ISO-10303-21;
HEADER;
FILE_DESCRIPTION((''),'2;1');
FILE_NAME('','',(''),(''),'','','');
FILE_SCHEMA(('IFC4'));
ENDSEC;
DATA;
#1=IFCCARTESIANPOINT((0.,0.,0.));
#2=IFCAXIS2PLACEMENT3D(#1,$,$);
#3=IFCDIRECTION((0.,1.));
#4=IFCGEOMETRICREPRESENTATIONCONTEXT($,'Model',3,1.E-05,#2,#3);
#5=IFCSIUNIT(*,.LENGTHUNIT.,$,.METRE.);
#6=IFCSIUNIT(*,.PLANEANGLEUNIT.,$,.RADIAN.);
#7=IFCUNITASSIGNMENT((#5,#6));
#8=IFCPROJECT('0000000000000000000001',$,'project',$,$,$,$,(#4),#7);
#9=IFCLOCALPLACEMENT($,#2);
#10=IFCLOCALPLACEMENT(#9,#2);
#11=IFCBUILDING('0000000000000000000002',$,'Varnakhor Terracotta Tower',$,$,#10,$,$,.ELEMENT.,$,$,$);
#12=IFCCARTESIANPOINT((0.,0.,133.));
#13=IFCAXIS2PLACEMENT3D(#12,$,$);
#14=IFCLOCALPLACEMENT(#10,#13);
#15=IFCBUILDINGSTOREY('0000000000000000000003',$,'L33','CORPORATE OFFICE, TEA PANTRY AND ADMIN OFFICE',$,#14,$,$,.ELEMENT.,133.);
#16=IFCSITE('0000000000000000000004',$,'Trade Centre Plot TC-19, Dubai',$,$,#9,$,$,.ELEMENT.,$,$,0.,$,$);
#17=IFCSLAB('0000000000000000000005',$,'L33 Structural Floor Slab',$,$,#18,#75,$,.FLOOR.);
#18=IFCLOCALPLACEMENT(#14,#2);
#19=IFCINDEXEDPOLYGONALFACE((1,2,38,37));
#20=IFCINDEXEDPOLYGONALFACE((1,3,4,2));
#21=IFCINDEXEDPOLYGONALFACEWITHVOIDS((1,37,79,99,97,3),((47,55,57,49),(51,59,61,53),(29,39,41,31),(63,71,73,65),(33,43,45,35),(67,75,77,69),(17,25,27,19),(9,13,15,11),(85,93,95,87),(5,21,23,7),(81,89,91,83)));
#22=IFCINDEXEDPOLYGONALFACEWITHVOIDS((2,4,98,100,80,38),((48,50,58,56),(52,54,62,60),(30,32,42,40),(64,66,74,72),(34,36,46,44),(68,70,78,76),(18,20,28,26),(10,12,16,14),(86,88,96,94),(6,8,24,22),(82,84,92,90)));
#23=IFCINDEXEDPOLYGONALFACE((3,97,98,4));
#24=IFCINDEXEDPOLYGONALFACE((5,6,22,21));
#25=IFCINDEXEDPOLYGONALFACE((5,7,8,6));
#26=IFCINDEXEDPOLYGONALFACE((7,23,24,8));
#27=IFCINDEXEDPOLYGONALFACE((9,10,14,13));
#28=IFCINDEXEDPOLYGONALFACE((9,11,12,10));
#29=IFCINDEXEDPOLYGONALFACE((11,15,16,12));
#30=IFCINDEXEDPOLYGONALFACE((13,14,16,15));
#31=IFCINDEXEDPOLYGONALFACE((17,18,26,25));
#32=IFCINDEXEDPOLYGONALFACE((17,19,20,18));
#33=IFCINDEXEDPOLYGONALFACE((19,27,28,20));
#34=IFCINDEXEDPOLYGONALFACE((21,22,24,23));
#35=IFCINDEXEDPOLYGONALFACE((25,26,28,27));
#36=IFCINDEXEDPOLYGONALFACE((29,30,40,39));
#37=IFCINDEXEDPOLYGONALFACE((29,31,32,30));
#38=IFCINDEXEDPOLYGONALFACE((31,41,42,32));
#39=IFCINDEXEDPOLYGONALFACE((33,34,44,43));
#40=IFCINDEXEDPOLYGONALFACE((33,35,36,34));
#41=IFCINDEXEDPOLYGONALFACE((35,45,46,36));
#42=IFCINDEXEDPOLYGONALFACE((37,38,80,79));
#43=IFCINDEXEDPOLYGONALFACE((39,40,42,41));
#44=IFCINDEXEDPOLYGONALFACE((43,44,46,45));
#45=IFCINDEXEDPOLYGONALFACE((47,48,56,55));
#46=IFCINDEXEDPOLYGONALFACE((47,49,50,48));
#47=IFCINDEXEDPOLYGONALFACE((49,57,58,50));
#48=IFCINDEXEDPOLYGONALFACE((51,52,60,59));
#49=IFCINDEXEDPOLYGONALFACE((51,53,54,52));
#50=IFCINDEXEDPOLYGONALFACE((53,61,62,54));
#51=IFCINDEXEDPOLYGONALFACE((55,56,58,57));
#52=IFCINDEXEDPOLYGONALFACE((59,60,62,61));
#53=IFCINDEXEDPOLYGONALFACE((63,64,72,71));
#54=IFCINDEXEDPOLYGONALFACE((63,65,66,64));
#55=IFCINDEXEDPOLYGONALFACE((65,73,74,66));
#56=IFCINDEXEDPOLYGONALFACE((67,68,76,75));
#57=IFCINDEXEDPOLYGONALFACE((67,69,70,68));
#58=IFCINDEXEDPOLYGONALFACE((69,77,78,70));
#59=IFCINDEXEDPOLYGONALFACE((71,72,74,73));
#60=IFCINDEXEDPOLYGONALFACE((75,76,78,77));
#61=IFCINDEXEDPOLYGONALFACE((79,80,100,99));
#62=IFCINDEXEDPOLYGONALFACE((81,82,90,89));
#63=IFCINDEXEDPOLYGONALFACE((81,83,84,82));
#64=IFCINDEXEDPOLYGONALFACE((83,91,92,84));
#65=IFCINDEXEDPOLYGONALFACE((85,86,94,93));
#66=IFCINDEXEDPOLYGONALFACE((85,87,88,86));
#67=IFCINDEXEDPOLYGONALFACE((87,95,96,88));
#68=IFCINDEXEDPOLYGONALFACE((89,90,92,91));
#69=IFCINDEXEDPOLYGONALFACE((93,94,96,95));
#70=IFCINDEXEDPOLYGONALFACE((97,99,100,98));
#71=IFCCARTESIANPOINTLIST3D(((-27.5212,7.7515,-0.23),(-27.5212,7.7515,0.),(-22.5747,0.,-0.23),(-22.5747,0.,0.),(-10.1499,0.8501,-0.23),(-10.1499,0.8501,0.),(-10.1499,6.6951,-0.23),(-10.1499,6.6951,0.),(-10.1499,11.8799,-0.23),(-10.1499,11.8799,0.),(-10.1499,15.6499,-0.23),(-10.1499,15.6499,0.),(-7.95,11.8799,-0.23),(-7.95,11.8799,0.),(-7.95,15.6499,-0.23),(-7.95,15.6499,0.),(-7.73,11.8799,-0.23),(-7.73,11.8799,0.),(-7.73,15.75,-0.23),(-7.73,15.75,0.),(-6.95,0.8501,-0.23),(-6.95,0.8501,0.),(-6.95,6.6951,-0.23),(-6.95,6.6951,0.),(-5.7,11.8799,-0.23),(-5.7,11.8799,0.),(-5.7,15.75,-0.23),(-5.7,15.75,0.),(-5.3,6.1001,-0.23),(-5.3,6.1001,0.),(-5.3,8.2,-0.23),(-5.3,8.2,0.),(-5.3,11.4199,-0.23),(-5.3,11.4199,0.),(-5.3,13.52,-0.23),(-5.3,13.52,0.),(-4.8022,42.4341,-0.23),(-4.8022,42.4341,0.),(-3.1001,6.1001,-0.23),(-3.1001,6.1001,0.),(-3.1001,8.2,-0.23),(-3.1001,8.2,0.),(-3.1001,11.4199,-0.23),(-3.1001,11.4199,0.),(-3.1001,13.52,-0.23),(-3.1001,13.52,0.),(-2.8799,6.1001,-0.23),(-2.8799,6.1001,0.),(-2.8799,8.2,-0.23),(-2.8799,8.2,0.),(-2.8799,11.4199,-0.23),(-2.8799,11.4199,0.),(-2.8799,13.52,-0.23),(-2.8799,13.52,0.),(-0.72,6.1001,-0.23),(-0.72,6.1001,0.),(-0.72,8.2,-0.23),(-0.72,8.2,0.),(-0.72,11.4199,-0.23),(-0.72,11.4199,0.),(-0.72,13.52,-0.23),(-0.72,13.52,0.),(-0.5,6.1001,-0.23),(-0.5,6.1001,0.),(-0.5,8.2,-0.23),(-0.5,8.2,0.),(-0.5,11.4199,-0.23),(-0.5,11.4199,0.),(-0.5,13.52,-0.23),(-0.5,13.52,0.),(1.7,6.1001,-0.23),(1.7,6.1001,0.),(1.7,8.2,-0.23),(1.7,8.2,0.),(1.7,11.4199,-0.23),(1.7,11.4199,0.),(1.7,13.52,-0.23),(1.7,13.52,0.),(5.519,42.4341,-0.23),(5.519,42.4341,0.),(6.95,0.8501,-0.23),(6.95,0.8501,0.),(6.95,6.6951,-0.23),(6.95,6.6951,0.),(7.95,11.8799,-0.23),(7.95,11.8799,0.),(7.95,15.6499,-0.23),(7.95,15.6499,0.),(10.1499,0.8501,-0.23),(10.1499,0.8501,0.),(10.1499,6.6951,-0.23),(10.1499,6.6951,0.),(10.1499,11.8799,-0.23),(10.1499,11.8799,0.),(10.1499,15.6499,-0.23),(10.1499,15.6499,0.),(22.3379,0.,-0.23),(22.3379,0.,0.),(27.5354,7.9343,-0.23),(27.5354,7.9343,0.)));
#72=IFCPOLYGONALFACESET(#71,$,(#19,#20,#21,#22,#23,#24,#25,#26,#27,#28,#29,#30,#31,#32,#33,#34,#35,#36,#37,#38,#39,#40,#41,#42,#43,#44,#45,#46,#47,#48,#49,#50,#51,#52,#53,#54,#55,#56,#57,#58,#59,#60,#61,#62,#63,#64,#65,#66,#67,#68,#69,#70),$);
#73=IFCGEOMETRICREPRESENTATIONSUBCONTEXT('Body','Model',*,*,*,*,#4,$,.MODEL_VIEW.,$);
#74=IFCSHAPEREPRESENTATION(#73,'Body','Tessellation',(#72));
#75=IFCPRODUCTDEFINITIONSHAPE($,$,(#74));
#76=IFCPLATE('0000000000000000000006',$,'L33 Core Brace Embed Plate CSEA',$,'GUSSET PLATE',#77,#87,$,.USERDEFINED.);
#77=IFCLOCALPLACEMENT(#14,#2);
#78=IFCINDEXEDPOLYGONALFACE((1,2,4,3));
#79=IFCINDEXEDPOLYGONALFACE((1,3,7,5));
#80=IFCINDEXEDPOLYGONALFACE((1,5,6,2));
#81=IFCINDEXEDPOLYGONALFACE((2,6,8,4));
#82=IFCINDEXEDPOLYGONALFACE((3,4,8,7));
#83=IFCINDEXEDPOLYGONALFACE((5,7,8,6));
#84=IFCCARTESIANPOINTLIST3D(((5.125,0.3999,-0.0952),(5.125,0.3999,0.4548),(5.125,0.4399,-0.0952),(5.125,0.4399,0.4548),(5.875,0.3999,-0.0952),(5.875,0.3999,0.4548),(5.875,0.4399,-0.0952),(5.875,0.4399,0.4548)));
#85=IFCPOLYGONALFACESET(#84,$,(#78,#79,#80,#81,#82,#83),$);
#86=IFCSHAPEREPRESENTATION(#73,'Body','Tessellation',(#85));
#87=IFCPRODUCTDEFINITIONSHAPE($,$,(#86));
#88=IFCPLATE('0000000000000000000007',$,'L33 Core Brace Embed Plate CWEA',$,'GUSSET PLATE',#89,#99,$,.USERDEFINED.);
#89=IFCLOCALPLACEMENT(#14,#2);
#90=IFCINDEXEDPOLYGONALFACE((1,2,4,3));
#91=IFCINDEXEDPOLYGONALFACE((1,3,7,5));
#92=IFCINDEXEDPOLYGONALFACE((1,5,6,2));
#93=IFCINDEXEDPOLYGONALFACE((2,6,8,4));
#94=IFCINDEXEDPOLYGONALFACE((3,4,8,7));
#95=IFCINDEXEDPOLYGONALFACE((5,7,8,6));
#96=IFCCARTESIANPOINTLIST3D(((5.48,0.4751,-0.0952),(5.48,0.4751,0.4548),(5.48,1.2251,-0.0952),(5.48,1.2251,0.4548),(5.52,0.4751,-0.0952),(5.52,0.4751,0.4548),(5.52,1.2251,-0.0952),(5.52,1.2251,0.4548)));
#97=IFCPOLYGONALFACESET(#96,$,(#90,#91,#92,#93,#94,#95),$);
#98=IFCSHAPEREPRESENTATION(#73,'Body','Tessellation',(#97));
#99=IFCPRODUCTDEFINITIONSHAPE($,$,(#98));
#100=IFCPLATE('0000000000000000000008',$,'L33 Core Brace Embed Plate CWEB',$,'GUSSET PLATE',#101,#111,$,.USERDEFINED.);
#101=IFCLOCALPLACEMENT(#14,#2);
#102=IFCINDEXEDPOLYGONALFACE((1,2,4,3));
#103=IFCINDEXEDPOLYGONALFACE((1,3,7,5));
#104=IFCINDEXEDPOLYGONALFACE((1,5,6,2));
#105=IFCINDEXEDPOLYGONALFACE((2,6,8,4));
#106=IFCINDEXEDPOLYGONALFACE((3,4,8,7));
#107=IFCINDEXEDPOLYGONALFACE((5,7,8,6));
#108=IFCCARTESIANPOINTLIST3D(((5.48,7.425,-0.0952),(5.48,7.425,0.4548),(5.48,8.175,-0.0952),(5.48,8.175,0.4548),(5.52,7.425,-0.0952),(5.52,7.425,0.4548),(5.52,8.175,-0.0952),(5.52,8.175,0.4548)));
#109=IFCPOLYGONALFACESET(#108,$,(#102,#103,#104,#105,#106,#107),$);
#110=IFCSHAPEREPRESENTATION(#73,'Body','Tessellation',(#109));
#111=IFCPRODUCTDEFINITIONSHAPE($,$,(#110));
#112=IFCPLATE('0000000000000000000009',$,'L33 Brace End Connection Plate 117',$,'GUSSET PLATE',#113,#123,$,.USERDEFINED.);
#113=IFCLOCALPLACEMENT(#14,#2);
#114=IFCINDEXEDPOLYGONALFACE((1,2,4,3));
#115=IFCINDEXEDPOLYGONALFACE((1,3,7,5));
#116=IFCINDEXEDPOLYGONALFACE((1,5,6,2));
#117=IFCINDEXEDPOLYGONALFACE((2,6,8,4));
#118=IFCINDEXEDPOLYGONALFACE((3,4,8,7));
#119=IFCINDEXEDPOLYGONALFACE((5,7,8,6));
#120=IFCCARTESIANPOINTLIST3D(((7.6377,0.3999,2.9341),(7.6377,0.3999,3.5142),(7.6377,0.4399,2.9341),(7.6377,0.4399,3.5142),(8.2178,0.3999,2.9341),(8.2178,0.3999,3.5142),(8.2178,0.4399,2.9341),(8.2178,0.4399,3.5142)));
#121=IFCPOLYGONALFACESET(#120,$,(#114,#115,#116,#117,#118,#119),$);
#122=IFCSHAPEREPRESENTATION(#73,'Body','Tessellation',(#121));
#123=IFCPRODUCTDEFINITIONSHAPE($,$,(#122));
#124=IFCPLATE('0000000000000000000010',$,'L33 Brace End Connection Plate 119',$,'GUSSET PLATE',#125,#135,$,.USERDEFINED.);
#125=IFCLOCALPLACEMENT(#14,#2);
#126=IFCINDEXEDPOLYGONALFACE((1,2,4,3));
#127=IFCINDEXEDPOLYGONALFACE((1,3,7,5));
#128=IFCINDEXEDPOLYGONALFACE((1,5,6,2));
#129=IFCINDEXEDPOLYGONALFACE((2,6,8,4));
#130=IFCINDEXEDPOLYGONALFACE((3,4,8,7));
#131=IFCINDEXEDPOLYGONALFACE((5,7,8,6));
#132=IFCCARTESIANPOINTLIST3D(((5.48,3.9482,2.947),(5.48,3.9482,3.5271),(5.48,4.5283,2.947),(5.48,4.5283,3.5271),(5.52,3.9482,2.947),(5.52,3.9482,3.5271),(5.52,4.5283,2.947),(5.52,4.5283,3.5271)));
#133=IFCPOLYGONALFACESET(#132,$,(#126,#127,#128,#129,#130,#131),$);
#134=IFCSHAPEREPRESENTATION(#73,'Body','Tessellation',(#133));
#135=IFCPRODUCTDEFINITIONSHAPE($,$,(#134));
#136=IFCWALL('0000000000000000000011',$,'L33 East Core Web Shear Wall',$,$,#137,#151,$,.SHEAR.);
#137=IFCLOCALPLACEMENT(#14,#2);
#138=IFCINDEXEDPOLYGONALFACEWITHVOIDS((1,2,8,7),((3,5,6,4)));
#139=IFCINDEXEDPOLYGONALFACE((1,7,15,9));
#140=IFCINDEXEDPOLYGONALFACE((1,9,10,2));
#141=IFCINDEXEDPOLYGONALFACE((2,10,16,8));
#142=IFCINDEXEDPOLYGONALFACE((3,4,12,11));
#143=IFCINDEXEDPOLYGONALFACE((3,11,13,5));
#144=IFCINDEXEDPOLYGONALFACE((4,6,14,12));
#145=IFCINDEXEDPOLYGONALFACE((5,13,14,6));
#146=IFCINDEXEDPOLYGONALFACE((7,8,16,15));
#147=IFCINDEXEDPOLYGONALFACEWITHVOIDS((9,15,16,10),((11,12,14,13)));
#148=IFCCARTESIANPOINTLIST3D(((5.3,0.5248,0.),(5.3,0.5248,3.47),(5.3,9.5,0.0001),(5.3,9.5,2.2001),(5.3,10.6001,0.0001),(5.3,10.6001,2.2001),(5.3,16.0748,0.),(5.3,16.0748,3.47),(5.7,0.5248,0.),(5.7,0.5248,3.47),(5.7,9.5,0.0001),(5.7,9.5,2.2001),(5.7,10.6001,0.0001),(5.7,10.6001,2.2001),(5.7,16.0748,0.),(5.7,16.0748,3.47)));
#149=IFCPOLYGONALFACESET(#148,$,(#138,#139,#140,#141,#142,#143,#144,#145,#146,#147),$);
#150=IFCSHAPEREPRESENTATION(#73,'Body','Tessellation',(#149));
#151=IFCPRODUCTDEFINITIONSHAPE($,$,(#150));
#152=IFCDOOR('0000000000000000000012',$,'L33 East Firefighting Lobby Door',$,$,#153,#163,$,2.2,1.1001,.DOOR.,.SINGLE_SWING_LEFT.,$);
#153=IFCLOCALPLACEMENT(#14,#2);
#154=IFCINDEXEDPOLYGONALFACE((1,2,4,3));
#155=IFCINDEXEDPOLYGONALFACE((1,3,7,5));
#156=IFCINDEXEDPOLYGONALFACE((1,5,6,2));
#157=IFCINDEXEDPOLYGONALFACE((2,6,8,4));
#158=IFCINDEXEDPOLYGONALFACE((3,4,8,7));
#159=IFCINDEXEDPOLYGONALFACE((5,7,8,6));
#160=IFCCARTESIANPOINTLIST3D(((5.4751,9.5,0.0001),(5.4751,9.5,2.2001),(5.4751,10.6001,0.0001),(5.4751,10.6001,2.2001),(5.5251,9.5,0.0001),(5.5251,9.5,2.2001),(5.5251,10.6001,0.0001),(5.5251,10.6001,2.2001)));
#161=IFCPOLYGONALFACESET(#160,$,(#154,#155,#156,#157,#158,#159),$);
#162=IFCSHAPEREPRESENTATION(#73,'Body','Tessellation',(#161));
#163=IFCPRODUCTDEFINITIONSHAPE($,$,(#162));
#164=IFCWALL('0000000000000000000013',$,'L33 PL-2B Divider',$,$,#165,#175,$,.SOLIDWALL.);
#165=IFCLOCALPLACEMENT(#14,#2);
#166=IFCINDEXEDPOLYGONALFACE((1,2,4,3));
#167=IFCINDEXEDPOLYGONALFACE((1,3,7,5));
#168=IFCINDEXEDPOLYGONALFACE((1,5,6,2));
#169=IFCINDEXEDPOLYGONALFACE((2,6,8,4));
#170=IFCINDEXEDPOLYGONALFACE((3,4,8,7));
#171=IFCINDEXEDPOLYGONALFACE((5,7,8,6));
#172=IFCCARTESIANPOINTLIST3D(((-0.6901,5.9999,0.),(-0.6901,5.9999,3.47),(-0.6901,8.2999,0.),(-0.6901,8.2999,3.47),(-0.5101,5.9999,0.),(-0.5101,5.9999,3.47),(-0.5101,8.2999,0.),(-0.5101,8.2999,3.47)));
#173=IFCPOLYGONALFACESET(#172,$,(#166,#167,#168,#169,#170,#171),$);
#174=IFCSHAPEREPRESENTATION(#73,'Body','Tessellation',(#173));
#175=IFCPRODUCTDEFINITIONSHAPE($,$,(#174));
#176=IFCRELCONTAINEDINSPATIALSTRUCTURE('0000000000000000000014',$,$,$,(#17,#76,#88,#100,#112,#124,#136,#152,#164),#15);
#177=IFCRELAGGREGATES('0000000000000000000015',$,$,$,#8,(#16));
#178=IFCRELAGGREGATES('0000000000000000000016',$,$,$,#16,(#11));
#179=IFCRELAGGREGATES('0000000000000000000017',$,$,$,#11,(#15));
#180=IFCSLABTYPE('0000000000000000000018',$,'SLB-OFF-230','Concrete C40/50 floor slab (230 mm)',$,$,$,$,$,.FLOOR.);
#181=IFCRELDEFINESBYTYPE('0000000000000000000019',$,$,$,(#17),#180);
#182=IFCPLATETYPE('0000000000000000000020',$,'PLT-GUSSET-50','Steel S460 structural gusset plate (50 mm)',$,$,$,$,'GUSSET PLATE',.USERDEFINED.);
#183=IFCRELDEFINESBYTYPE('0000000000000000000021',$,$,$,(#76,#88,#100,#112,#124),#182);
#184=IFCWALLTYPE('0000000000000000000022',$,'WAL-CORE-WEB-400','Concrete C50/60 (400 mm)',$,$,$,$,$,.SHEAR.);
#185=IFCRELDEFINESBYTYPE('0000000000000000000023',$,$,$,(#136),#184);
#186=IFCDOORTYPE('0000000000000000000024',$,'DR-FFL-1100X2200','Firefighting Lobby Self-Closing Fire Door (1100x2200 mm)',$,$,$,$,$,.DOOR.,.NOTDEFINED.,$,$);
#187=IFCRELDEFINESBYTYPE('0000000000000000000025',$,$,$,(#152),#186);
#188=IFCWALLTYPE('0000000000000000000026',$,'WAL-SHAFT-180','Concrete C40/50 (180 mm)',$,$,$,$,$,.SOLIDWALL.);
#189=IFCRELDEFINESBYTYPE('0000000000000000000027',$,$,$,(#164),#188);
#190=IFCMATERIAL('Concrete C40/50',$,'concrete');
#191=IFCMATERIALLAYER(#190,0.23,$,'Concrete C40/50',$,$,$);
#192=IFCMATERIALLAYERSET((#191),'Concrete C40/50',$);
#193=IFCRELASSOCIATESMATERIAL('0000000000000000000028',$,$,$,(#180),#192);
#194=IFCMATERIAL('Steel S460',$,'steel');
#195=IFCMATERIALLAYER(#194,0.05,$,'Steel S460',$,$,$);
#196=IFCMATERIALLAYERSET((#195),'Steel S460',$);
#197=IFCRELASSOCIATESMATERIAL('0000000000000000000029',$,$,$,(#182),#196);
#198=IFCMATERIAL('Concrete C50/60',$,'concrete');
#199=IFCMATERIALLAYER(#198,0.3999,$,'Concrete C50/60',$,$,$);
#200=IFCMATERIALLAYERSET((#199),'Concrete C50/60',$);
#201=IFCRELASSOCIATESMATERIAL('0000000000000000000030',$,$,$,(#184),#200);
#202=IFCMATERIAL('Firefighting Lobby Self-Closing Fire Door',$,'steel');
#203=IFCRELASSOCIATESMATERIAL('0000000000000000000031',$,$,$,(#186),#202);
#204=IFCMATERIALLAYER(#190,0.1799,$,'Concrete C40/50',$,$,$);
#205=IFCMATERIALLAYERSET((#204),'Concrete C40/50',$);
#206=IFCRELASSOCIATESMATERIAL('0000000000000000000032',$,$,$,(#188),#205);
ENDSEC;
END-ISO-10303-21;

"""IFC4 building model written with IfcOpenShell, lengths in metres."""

from ifc_helpers import new_model, si_unit, direction, frame, frame_2d, origin, origin_2d, place, context, subcontext, project, spatial, polyline, rectangle, outline, extrude, source, transform, mapped, material, layer, layer_set, type_object, type_shapes, element, fill, save


model = new_model("IFC4")

# Units and contexts
model_context = context("Model", 3, precision=1e-05, world=origin(), true_north=direction((0.0, 1.0)))
body_context = subcontext(model_context, "Body", "Model", "MODEL_VIEW")
ifc_project = project(units=[si_unit("LENGTHUNIT", "METRE"), si_unit("PLANEANGLEUNIT", "RADIAN")], contexts=[model_context])

# Site, building, storey
site_placement = place(None, origin())
site = spatial("IfcSite", under=ifc_project, at=site_placement, Name="Trade Centre Plot TC-19, Dubai", CompositionType="ELEMENT", RefElevation=0.0)
building_placement = place(site_placement, origin())
building = spatial("IfcBuilding", under=site, at=building_placement, Name="Varnakhor Terracotta Tower", CompositionType="ELEMENT")
storey_placement = place(building_placement, frame((0.0, 0.0, 133.0)))
storey = spatial("IfcBuildingStorey", under=building, at=storey_placement, Name="L33", Description="CORPORATE OFFICE, TEA PANTRY AND ADMIN OFFICE", CompositionType="ELEMENT", Elevation=133.0)

# Shared definitions
ifc_material_1 = material(Name="Concrete C50/60", Category="concrete")

# Shared definitions
ifc_material_2 = material(Name="Steel S460", Category="steel")

# Shared definitions
ifc_material_3 = material(Name="Concrete C40/50", Category="concrete")

# Slab
ifc_layer_1 = layer(ifc_material_3, 0.23, Name="Concrete C40/50")
ifc_layer_set_1 = layer_set([ifc_layer_1], Name="Concrete C40/50")
slab_type_1 = type_object("IfcSlabType", Name="SLB-OFF-230", Description="Concrete C40/50 floor slab (230 mm)", PredefinedType="FLOOR", material=ifc_layer_set_1)
slab_1_placement = place(storey_placement, frame((0.0, 0.0, -0.23)))
element("IfcSlab", 1, at=slab_1_placement, inside=storey, type_object=slab_type_1, Name="L33 Structural Floor Slab", PredefinedType="FLOOR", context=body_context, shape_type="SweptSolid", body=[
    extrude(outline(polyline([(-27.5212, 7.7515), (-4.8022, 42.4341), (5.519, 42.4341), (27.5354, 7.9343), (22.3379, 0.0), (-22.5747, 0.0), (-27.5212, 7.7515)]), holes=[polyline([(-6.95, 0.8501), (-6.95, 6.6951), (-10.1499, 6.6951), (-10.1499, 0.8501), (-6.95, 0.8501)]), polyline([(-3.1001, 6.1001), (-3.1001, 8.2), (-5.3, 8.2), (-5.3, 6.1001), (-3.1001, 6.1001)]), polyline([(-0.72, 6.1001), (-0.72, 8.2), (-2.8799, 8.2), (-2.8799, 6.1001), (-0.72, 6.1001)]), polyline([(-5.3, 11.4199), (-3.1001, 11.4199), (-3.1001, 13.52), (-5.3, 13.52), (-5.3, 11.4199)]), polyline([(-10.1499, 11.8799), (-7.95, 11.8799), (-7.95, 15.6499), (-10.1499, 15.6499), (-10.1499, 11.8799)]), polyline([(-5.7, 11.8799), (-5.7, 15.75), (-7.73, 15.75), (-7.73, 11.8799), (-5.7, 11.8799)]), polyline([(6.95, 0.8501), (10.1499, 0.8501), (10.1499, 6.6951), (6.95, 6.6951), (6.95, 0.8501)]), polyline([(-0.5, 6.1001), (1.7, 6.1001), (1.7, 8.2), (-0.5, 8.2), (-0.5, 6.1001)]), polyline([(-0.72, 11.4199), (-0.72, 13.52), (-2.8799, 13.52), (-2.8799, 11.4199), (-0.72, 11.4199)]), polyline([(-0.5, 11.4199), (1.7, 11.4199), (1.7, 13.52), (-0.5, 13.52), (-0.5, 11.4199)]), polyline([(7.95, 11.8799), (10.1499, 11.8799), (10.1499, 15.6499), (7.95, 15.6499), (7.95, 11.8799)])]), origin(), (0.0, 0.0, 1.0), 0.23),
])

# Plates
ifc_layer_2 = layer(ifc_material_2, 0.05, Name="Steel S460")
ifc_layer_set_2 = layer_set([ifc_layer_2], Name="Steel S460")
plate_type = type_object("IfcPlateType", Name="PLT-GUSSET-50", Description="Steel S460 structural gusset plate (50 mm)", ElementType="GUSSET PLATE", PredefinedType="USERDEFINED", material=ifc_layer_set_2)
shared_shape_1 = source(origin(), body_context, "Body", "SweptSolid", [
    extrude(rectangle(XDim=0.75, YDim=0.04, at=origin_2d()), origin(), (0.0, 0.0, 1.0), 0.55),
])
type_shapes(plate_type, [shared_shape_1])
for number, where, z_axis, x_axis, name in (
    (2, (5.5, 0.4199, -0.0952), (0.0, 0.0, 1.0), (1.0, 0.0, 0.0), "L33 Core Brace Embed Plate CSEA"),
    (3, (5.5, 0.8501, -0.0952), (0.0, 0.0, 1.0), (0.0, 1.0, 0.0), "L33 Core Brace Embed Plate CWEA"),
    (4, (5.5, 7.8, -0.0952), (0.0, 0.0, 1.0), (0.0, 1.0, 0.0), "L33 Core Brace Embed Plate CWEB"),
):
    element("IfcPlate", number, at=place(storey_placement, frame(where, z_axis=z_axis, x_axis=x_axis)), inside=storey, type_object=plate_type, Name=name, ObjectType="GUSSET PLATE", PredefinedType="USERDEFINED", context=body_context, shape_type="MappedRepresentation", body=[
        mapped(shared_shape_1, transform((0.0, 0.0, 0.0), scale=1.0)),
    ])
shared_shape_2 = source(origin(), body_context, "Body", "SweptSolid", [
    extrude(rectangle(XDim=0.5801, YDim=0.04, at=origin_2d()), origin(), (0.0, 0.0, 1.0), 0.5801),
])
for number, where, z_axis, x_axis, name in (
    (5, (7.9277, 0.4199, 2.9341), (0.0, 0.0, 1.0), (1.0, 0.0, 0.0), "L33 Brace End Connection Plate 117"),
    (6, (5.5, 4.2383, 2.947), (0.0, 0.0, 1.0), (0.0, 1.0, 0.0), "L33 Brace End Connection Plate 119"),
):
    element("IfcPlate", number, at=place(storey_placement, frame(where, z_axis=z_axis, x_axis=x_axis)), inside=storey, type_object=plate_type, Name=name, ObjectType="GUSSET PLATE", PredefinedType="USERDEFINED", context=body_context, shape_type="MappedRepresentation", body=[
        mapped(shared_shape_2, transform((0.0, 0.0, 0.0), scale=1.0)),
    ])

# Wall, opening, door
ifc_layer_3 = layer(ifc_material_1, 0.3999, Name="Concrete C50/60")
ifc_layer_set_3 = layer_set([ifc_layer_3], Name="Concrete C50/60")
wall_type_1 = type_object("IfcWallType", Name="WAL-CORE-WEB-400", Description="Concrete C50/60 (400 mm)", PredefinedType="SHEAR", material=ifc_layer_set_3)
wall_1_placement = place(storey_placement, frame((5.5, 0.5249, 0.0), z_axis=(0.0, 0.0, 1.0), x_axis=(0.0, 1.0, 0.0)))
wall_1 = element("IfcWall", 7, at=wall_1_placement, inside=storey, type_object=wall_type_1, Name="L33 East Core Web Shear Wall", PredefinedType="SHEAR", context=body_context, shape_type="SweptSolid", body=[
    extrude(rectangle(XDim=15.55, YDim=0.3999, at=frame_2d((7.7749, 0.0))), origin(), (0.0, 0.0, 1.0), 3.47),
])
opening_1_placement = place(wall_1_placement, frame((8.9751, 0.0, 0.0)))
opening_1 = element("IfcOpeningElement", 8, at=opening_1_placement, cuts=wall_1, PredefinedType="OPENING", context=body_context, shape_type="SweptSolid", body=[
    extrude(rectangle(XDim=1.1001, YDim=2.2, at=frame_2d((0.55, 1.1001))), frame((0.0, 0.21, 0.0), z_axis=(0.0, -1.0, 0.0), x_axis=(1.0, 0.0, 0.0)), (0.0, 0.0, 1.0), 0.4199),
])
ifc_material_4 = material(Name="Firefighting Lobby Self-Closing Fire Door", Category="steel")
door_type_1 = type_object("IfcDoorType", Name="DR-FFL-1100X2200", Description="Firefighting Lobby Self-Closing Fire Door (1100x2200 mm)", OperationType="NOTDEFINED", PredefinedType="DOOR", material=ifc_material_4)
shared_shape_3 = source(origin(), body_context, "Body", "SweptSolid", [
    extrude(rectangle(XDim=1.1001, YDim=2.2, at=frame_2d((0.55, 1.1001))), frame((0.0, 0.0249, 0.0), z_axis=(0.0, -1.0, 0.0), x_axis=(1.0, 0.0, 0.0)), (0.0, 0.0, 1.0), 0.05),
])
type_shapes(door_type_1, [shared_shape_3])
door_1_placement = place(opening_1_placement, origin())
door_1 = element("IfcDoor", 9, at=door_1_placement, inside=storey, type_object=door_type_1, Name="L33 East Firefighting Lobby Door", OperationType="SINGLE_SWING_LEFT", OverallHeight=2.2, OverallWidth=1.1001, PredefinedType="DOOR", context=body_context, shape_type="MappedRepresentation", body=[
    mapped(shared_shape_3, transform((0.0, 0.0, 0.0), scale=1.0)),
])
fill(opening_1, door_1)

# Wall
ifc_layer_4 = layer(ifc_material_3, 0.1799, Name="Concrete C40/50")
ifc_layer_set_4 = layer_set([ifc_layer_4], Name="Concrete C40/50")
wall_type_2 = type_object("IfcWallType", Name="WAL-SHAFT-180", Description="Concrete C40/50 (180 mm)", PredefinedType="SOLIDWALL", material=ifc_layer_set_4)
wall_2_placement = place(storey_placement, frame((-0.6001, 6.0, 0.0), z_axis=(0.0, 0.0, 1.0), x_axis=(0.0, 1.0, 0.0)))
element("IfcWall", 10, at=wall_2_placement, inside=storey, type_object=wall_type_2, Name="L33 PL-2B Divider", PredefinedType="SOLIDWALL", context=body_context, shape_type="SweptSolid", body=[
    extrude(rectangle(XDim=2.3, YDim=0.1799, at=frame_2d((1.1499, 0.0))), origin(), (0.0, 0.0, 1.0), 3.47),
])

save(model, "model.ifc")
